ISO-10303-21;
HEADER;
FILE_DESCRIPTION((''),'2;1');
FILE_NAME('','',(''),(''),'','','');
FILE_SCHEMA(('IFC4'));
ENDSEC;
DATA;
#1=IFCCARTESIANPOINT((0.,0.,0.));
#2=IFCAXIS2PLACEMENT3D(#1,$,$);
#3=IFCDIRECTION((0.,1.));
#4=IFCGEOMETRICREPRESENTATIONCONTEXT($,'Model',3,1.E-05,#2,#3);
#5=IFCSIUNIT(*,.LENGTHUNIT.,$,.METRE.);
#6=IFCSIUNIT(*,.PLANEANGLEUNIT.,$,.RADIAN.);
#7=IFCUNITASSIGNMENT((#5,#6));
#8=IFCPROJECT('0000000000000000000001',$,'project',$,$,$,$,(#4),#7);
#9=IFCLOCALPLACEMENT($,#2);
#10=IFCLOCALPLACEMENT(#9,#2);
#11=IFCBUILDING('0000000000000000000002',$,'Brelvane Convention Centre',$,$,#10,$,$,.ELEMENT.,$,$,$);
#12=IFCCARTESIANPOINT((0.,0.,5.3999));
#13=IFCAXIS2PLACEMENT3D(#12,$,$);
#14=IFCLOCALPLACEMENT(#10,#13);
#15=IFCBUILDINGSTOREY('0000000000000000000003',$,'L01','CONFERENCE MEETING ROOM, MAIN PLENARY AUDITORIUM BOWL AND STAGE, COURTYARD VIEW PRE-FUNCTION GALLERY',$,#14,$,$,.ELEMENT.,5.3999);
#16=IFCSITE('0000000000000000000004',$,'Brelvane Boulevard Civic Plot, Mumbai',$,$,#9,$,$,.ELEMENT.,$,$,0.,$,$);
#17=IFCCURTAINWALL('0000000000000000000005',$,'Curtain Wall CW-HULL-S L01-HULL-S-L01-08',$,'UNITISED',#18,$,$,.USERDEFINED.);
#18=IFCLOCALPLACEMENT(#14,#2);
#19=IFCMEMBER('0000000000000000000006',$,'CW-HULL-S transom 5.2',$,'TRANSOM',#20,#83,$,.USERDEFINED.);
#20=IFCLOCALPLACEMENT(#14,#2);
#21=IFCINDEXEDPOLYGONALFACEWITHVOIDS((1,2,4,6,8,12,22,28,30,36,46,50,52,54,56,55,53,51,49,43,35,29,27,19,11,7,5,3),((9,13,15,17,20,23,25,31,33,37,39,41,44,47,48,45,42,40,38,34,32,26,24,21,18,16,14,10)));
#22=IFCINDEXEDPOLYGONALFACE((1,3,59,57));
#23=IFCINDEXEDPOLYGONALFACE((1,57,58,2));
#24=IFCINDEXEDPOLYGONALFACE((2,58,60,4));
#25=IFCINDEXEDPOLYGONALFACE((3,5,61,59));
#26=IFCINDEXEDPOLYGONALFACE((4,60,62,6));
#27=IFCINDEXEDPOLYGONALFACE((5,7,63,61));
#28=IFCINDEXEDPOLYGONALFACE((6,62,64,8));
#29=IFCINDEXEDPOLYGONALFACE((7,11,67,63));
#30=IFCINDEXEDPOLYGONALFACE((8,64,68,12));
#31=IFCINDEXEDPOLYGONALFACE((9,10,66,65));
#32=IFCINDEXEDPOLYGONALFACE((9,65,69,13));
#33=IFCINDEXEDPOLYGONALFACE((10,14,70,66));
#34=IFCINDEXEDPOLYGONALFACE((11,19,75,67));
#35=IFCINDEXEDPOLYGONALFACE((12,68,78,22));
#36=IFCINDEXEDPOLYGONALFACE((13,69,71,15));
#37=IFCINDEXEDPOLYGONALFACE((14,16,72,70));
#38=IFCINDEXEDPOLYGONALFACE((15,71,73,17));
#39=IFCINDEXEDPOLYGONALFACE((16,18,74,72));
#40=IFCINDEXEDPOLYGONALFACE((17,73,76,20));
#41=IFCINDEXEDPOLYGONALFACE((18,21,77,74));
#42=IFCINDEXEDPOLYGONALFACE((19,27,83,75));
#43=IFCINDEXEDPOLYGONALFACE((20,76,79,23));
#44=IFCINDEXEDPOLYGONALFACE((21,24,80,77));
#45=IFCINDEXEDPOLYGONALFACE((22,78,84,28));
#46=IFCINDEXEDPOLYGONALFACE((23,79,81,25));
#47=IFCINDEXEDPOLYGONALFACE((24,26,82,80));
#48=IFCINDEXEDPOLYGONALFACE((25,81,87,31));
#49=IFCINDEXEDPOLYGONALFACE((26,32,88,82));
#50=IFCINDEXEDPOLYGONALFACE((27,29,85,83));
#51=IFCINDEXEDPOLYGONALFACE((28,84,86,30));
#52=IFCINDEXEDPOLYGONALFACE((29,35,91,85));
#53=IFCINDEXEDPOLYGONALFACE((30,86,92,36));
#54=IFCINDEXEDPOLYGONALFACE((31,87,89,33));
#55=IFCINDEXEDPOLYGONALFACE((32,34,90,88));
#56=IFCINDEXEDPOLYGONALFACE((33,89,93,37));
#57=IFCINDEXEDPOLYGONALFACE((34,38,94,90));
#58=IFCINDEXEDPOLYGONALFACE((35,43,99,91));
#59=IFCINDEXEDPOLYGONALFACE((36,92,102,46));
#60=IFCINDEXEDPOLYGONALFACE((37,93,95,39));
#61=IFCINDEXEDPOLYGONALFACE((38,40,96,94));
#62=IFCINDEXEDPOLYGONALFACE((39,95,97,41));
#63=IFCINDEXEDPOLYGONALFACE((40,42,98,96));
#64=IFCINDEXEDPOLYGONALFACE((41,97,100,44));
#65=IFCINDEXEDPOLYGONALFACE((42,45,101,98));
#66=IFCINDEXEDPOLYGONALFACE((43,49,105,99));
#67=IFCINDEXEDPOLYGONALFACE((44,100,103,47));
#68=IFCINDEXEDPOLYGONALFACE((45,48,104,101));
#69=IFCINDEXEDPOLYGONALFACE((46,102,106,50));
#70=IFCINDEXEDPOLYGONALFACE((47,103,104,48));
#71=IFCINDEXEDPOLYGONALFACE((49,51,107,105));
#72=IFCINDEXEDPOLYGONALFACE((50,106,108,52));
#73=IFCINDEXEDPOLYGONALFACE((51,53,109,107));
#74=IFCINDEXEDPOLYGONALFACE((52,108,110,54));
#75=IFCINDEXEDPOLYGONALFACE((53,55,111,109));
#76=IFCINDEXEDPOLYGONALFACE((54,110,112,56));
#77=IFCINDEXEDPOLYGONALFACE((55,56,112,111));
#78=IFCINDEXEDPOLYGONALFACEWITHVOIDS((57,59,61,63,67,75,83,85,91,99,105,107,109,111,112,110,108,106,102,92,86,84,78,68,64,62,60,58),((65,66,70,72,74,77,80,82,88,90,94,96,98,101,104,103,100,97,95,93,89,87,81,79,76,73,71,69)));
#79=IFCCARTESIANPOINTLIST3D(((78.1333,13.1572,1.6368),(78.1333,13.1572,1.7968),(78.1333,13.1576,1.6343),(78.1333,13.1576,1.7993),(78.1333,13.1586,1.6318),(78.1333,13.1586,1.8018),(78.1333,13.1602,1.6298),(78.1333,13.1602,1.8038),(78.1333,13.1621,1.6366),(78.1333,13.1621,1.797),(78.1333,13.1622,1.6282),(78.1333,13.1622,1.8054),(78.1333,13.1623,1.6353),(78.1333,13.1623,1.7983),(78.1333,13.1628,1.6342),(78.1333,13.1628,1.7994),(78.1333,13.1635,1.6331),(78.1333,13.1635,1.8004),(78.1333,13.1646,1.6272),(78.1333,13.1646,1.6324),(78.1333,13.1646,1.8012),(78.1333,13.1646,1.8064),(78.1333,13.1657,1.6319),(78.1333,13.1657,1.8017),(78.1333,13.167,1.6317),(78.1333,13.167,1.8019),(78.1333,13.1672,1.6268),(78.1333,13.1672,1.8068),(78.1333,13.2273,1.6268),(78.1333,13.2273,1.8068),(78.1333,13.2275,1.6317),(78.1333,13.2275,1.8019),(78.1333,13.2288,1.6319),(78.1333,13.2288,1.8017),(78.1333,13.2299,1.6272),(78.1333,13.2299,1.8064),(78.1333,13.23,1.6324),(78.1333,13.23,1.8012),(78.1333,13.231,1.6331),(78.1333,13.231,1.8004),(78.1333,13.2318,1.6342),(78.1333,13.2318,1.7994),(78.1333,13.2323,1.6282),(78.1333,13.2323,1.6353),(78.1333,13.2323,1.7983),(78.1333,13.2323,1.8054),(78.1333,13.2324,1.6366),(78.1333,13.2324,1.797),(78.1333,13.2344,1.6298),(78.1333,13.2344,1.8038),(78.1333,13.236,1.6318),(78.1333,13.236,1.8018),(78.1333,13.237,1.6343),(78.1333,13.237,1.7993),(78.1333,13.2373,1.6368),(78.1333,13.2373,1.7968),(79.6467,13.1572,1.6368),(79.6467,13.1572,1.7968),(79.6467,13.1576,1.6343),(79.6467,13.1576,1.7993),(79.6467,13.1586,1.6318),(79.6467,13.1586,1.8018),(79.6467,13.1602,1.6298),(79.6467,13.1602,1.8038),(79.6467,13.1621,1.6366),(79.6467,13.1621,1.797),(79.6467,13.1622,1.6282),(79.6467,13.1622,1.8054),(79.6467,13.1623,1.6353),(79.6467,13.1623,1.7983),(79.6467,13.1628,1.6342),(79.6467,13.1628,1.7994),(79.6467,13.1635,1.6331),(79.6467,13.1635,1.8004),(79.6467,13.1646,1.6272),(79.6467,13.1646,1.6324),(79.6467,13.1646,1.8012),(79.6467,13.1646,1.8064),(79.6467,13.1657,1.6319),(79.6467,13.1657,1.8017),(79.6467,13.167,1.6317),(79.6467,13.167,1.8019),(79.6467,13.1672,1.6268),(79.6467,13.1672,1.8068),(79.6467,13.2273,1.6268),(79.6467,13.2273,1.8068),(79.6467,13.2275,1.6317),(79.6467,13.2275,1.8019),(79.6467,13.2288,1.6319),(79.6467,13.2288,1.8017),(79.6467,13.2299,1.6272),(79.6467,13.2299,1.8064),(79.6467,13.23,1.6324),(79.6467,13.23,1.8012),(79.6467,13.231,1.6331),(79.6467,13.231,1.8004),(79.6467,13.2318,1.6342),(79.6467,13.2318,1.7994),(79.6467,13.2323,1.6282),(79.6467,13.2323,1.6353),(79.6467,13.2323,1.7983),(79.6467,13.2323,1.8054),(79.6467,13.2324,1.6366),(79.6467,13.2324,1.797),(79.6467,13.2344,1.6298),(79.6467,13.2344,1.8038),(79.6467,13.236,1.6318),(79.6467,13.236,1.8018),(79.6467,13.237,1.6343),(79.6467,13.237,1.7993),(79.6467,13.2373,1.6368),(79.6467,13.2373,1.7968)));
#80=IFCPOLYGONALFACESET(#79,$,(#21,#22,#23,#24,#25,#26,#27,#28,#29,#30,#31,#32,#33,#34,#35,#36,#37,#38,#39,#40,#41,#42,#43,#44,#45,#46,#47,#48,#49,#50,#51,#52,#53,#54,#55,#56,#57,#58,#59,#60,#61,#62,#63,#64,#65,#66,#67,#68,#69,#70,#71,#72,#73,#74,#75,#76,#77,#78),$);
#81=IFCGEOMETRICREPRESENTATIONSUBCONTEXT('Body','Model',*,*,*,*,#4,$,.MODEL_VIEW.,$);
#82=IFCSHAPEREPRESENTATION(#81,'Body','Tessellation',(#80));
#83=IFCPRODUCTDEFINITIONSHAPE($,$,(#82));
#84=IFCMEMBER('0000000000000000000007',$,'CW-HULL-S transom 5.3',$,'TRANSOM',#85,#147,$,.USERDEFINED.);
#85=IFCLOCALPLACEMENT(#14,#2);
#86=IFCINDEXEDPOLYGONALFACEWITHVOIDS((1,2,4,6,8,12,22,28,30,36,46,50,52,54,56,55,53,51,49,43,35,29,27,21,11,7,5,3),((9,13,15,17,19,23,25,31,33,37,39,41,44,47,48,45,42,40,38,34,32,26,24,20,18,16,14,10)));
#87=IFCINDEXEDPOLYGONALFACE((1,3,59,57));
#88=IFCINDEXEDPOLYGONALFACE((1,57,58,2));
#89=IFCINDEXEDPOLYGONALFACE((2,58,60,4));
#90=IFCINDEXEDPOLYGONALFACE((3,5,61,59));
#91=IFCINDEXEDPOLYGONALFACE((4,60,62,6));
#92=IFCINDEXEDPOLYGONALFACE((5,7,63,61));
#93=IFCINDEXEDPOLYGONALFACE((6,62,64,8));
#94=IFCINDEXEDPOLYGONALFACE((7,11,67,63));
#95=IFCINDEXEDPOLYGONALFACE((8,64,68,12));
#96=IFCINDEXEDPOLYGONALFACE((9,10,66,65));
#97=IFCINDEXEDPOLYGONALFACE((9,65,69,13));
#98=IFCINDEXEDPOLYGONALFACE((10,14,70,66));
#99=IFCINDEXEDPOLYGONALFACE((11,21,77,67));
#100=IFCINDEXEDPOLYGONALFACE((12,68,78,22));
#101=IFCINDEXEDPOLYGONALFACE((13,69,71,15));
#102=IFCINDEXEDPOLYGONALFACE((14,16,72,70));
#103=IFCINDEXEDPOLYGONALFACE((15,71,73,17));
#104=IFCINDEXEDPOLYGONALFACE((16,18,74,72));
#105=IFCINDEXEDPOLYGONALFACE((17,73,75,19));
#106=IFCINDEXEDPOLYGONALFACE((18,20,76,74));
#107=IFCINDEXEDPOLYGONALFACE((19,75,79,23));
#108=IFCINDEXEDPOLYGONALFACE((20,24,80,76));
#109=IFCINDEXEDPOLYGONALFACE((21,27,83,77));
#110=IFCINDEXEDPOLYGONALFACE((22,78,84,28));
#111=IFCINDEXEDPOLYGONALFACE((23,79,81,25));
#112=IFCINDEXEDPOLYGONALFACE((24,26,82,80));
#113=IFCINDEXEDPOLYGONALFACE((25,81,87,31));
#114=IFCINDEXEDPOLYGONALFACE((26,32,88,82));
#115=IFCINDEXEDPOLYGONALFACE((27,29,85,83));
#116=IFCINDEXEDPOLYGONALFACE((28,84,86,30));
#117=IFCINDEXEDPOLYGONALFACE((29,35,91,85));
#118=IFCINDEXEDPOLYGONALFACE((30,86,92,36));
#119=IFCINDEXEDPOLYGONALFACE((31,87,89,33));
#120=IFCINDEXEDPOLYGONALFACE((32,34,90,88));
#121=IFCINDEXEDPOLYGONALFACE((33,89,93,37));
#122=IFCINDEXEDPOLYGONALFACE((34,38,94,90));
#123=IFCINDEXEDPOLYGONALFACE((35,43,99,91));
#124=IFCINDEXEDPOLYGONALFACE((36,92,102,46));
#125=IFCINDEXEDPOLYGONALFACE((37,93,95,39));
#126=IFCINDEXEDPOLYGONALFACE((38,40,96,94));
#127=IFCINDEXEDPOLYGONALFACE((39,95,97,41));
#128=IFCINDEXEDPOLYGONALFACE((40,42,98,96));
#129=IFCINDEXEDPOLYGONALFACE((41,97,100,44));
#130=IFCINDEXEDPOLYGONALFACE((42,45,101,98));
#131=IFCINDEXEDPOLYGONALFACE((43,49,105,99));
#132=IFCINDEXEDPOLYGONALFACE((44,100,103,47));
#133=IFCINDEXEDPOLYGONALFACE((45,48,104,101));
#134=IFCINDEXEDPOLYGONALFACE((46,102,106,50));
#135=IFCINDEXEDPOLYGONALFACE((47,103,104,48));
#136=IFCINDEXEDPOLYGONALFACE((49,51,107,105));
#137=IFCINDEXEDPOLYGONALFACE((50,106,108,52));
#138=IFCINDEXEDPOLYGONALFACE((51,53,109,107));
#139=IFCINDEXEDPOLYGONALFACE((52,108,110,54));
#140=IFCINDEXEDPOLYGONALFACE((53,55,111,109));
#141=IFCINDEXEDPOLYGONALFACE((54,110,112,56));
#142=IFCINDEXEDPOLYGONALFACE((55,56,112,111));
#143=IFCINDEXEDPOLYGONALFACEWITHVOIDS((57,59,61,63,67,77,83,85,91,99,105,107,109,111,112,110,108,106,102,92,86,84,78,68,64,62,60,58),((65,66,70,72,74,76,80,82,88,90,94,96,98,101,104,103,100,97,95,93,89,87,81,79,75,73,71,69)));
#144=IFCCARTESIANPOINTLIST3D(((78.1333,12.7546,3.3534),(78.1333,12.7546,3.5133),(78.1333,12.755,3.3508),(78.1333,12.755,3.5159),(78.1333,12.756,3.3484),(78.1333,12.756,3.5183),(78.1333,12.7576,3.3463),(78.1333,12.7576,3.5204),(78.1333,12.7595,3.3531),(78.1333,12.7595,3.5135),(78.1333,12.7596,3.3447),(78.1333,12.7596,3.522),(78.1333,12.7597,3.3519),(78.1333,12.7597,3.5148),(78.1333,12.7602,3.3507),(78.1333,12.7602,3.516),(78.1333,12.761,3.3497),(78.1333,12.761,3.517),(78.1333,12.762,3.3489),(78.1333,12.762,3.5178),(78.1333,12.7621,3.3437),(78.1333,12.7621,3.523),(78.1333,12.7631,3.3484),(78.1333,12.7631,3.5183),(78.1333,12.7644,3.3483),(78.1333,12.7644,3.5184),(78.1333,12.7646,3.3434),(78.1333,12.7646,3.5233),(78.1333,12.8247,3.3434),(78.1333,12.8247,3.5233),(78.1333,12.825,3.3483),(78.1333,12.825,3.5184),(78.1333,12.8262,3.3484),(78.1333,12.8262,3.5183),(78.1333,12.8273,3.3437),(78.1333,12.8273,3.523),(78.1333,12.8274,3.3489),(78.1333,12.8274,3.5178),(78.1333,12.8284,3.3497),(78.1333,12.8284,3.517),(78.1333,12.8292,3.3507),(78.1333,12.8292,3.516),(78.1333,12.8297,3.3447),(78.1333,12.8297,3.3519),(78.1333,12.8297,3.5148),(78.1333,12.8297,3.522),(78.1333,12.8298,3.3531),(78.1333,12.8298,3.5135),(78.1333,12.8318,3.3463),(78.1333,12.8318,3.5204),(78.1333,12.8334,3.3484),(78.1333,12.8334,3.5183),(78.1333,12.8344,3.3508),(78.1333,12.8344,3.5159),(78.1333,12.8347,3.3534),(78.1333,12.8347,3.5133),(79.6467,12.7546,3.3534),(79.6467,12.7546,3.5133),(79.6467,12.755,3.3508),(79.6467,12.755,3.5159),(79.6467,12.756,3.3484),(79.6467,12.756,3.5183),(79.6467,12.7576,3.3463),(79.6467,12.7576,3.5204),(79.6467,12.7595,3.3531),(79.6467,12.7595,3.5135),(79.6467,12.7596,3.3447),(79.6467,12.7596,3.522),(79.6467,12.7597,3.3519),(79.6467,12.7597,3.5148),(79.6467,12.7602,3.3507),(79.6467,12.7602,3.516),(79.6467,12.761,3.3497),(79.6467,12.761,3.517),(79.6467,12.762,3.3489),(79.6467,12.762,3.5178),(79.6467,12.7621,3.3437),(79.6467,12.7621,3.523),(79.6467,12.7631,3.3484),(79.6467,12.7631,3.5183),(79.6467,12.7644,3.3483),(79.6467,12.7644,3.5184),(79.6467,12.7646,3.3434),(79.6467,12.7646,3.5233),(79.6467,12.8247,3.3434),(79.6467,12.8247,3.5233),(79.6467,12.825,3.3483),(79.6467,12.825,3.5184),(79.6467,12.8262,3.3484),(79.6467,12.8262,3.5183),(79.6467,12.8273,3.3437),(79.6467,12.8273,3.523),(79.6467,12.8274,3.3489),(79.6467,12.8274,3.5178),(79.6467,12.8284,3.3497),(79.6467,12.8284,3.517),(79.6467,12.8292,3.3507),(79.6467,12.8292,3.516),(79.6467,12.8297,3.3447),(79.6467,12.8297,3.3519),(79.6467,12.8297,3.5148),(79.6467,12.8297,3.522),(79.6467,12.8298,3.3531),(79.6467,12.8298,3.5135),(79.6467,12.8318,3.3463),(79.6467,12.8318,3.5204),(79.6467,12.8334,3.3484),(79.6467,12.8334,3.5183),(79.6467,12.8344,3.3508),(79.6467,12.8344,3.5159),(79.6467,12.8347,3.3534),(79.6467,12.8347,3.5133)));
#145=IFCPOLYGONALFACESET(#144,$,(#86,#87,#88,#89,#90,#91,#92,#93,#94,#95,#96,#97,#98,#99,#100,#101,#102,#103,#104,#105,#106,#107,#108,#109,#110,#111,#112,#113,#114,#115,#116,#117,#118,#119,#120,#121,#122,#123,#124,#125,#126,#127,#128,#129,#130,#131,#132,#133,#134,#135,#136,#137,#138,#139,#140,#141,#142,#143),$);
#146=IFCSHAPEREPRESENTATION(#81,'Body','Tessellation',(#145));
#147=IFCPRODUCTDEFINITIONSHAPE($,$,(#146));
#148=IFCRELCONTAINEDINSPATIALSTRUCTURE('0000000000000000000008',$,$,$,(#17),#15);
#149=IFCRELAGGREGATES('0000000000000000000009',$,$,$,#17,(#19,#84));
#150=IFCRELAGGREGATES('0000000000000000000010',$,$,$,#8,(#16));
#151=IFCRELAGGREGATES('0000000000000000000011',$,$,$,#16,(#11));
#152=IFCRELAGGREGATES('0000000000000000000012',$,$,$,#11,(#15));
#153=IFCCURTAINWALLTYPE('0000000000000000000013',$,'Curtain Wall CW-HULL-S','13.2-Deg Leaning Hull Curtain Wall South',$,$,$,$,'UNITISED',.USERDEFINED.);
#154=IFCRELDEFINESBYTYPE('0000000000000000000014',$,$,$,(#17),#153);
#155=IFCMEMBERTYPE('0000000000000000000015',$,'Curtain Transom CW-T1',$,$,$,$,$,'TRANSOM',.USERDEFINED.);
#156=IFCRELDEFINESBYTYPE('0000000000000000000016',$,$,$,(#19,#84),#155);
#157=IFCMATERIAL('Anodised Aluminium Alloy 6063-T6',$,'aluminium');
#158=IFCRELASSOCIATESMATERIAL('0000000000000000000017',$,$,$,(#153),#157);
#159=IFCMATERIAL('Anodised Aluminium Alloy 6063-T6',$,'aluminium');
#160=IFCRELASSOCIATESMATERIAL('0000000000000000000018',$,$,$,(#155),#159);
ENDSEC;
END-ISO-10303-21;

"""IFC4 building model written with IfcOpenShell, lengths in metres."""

from ifc_helpers import new_model, si_unit, direction, frame, origin, origin_2d, place, context, subcontext, project, spatial, hollow_rectangle, extrude, material, material_profile, profile_set, type_object, element, aggregate, save


model = new_model("IFC4")

# Units and contexts
model_context = context("Model", 3, precision=1e-05, world=origin(), true_north=direction((0.0, 1.0)))
body_context = subcontext(model_context, "Body", "Model", "MODEL_VIEW")
ifc_project = project(units=[si_unit("LENGTHUNIT", "METRE"), si_unit("PLANEANGLEUNIT", "RADIAN")], contexts=[model_context])

# Site, building, storey
site_placement = place(None, origin())
site = spatial("IfcSite", under=ifc_project, at=site_placement, Name="Brelvane Boulevard Civic Plot, Mumbai", CompositionType="ELEMENT", RefElevation=0.0)
building_placement = place(site_placement, origin())
building = spatial("IfcBuilding", under=site, at=building_placement, Name="Brelvane Convention Centre", CompositionType="ELEMENT")
storey_placement = place(building_placement, frame((0.0, 0.0, 5.3999)))
storey = spatial("IfcBuildingStorey", under=building, at=storey_placement, Name="L01", Description="CONFERENCE MEETING ROOM, MAIN PLENARY AUDITORIUM BOWL AND STAGE, COURTYARD VIEW PRE-FUNCTION GALLERY", CompositionType="ELEMENT", Elevation=5.3999)

# Curtain wall, members
ifc_material_1 = material(Name="Anodised Aluminium Alloy 6063-T6", Category="aluminium")
curtain_wall_type = type_object("IfcCurtainWallType", Name="Curtain Wall CW-HULL-S", Description="13.2-Deg Leaning Hull Curtain Wall South", ElementType="UNITISED", PredefinedType="USERDEFINED", material=ifc_material_1)
curtain_wall_1_placement = place(storey_placement, origin())
curtain_wall_1 = element("IfcCurtainWall", 1, at=curtain_wall_1_placement, inside=storey, type_object=curtain_wall_type, Name="Curtain Wall CW-HULL-S L01-HULL-S-L01-08", ObjectType="UNITISED", PredefinedType="USERDEFINED")
ifc_material_2 = material(Name="Anodised Aluminium Alloy 6063-T6", Category="aluminium")
ifc_material_profile = material_profile(ifc_material_2, hollow_rectangle(XDim=0.0801, YDim=0.1799, WallThickness=0.0049, InnerFilletRadius=0.0049, OuterFilletRadius=0.01, at=origin_2d()), Name="ALU-T 180x80x5.0")
ifc_profile_set = profile_set([ifc_material_profile], Name="Anodised Aluminium Alloy 6063-T6")
member_type = type_object("IfcMemberType", Name="Curtain Transom CW-T1", ElementType="TRANSOM", PredefinedType="USERDEFINED", material=ifc_profile_set)
member_1_placement = place(storey_placement, frame((78.1333, 13.1973, 1.7168), z_axis=(1.0, 0.0, 0.0), x_axis=(0.0, 1.0, 0.0)))
member_1 = element("IfcMember", 2, at=member_1_placement, type_object=member_type, Name="CW-HULL-S transom 5.2", ObjectType="TRANSOM", PredefinedType="USERDEFINED", context=body_context, shape_type="SweptSolid", body=[
    extrude(hollow_rectangle(XDim=0.0801, YDim=0.1799, WallThickness=0.0049, InnerFilletRadius=0.0049, OuterFilletRadius=0.01, at=origin_2d()), origin(), (0.0, 0.0, 1.0), 1.5134),
])
member_2_placement = place(storey_placement, frame((78.1333, 12.7947, 3.4333), z_axis=(1.0, 0.0, 0.0), x_axis=(0.0, 1.0, 0.0)))
member_2 = element("IfcMember", 3, at=member_2_placement, type_object=member_type, Name="CW-HULL-S transom 5.3", ObjectType="TRANSOM", PredefinedType="USERDEFINED", context=body_context, shape_type="SweptSolid", body=[
    extrude(hollow_rectangle(XDim=0.0801, YDim=0.1799, WallThickness=0.0049, InnerFilletRadius=0.0049, OuterFilletRadius=0.01, at=origin_2d()), origin(), (0.0, 0.0, 1.0), 1.5134),
])

aggregate(curtain_wall_1, [member_1, member_2])

save(model, "model.ifc")
